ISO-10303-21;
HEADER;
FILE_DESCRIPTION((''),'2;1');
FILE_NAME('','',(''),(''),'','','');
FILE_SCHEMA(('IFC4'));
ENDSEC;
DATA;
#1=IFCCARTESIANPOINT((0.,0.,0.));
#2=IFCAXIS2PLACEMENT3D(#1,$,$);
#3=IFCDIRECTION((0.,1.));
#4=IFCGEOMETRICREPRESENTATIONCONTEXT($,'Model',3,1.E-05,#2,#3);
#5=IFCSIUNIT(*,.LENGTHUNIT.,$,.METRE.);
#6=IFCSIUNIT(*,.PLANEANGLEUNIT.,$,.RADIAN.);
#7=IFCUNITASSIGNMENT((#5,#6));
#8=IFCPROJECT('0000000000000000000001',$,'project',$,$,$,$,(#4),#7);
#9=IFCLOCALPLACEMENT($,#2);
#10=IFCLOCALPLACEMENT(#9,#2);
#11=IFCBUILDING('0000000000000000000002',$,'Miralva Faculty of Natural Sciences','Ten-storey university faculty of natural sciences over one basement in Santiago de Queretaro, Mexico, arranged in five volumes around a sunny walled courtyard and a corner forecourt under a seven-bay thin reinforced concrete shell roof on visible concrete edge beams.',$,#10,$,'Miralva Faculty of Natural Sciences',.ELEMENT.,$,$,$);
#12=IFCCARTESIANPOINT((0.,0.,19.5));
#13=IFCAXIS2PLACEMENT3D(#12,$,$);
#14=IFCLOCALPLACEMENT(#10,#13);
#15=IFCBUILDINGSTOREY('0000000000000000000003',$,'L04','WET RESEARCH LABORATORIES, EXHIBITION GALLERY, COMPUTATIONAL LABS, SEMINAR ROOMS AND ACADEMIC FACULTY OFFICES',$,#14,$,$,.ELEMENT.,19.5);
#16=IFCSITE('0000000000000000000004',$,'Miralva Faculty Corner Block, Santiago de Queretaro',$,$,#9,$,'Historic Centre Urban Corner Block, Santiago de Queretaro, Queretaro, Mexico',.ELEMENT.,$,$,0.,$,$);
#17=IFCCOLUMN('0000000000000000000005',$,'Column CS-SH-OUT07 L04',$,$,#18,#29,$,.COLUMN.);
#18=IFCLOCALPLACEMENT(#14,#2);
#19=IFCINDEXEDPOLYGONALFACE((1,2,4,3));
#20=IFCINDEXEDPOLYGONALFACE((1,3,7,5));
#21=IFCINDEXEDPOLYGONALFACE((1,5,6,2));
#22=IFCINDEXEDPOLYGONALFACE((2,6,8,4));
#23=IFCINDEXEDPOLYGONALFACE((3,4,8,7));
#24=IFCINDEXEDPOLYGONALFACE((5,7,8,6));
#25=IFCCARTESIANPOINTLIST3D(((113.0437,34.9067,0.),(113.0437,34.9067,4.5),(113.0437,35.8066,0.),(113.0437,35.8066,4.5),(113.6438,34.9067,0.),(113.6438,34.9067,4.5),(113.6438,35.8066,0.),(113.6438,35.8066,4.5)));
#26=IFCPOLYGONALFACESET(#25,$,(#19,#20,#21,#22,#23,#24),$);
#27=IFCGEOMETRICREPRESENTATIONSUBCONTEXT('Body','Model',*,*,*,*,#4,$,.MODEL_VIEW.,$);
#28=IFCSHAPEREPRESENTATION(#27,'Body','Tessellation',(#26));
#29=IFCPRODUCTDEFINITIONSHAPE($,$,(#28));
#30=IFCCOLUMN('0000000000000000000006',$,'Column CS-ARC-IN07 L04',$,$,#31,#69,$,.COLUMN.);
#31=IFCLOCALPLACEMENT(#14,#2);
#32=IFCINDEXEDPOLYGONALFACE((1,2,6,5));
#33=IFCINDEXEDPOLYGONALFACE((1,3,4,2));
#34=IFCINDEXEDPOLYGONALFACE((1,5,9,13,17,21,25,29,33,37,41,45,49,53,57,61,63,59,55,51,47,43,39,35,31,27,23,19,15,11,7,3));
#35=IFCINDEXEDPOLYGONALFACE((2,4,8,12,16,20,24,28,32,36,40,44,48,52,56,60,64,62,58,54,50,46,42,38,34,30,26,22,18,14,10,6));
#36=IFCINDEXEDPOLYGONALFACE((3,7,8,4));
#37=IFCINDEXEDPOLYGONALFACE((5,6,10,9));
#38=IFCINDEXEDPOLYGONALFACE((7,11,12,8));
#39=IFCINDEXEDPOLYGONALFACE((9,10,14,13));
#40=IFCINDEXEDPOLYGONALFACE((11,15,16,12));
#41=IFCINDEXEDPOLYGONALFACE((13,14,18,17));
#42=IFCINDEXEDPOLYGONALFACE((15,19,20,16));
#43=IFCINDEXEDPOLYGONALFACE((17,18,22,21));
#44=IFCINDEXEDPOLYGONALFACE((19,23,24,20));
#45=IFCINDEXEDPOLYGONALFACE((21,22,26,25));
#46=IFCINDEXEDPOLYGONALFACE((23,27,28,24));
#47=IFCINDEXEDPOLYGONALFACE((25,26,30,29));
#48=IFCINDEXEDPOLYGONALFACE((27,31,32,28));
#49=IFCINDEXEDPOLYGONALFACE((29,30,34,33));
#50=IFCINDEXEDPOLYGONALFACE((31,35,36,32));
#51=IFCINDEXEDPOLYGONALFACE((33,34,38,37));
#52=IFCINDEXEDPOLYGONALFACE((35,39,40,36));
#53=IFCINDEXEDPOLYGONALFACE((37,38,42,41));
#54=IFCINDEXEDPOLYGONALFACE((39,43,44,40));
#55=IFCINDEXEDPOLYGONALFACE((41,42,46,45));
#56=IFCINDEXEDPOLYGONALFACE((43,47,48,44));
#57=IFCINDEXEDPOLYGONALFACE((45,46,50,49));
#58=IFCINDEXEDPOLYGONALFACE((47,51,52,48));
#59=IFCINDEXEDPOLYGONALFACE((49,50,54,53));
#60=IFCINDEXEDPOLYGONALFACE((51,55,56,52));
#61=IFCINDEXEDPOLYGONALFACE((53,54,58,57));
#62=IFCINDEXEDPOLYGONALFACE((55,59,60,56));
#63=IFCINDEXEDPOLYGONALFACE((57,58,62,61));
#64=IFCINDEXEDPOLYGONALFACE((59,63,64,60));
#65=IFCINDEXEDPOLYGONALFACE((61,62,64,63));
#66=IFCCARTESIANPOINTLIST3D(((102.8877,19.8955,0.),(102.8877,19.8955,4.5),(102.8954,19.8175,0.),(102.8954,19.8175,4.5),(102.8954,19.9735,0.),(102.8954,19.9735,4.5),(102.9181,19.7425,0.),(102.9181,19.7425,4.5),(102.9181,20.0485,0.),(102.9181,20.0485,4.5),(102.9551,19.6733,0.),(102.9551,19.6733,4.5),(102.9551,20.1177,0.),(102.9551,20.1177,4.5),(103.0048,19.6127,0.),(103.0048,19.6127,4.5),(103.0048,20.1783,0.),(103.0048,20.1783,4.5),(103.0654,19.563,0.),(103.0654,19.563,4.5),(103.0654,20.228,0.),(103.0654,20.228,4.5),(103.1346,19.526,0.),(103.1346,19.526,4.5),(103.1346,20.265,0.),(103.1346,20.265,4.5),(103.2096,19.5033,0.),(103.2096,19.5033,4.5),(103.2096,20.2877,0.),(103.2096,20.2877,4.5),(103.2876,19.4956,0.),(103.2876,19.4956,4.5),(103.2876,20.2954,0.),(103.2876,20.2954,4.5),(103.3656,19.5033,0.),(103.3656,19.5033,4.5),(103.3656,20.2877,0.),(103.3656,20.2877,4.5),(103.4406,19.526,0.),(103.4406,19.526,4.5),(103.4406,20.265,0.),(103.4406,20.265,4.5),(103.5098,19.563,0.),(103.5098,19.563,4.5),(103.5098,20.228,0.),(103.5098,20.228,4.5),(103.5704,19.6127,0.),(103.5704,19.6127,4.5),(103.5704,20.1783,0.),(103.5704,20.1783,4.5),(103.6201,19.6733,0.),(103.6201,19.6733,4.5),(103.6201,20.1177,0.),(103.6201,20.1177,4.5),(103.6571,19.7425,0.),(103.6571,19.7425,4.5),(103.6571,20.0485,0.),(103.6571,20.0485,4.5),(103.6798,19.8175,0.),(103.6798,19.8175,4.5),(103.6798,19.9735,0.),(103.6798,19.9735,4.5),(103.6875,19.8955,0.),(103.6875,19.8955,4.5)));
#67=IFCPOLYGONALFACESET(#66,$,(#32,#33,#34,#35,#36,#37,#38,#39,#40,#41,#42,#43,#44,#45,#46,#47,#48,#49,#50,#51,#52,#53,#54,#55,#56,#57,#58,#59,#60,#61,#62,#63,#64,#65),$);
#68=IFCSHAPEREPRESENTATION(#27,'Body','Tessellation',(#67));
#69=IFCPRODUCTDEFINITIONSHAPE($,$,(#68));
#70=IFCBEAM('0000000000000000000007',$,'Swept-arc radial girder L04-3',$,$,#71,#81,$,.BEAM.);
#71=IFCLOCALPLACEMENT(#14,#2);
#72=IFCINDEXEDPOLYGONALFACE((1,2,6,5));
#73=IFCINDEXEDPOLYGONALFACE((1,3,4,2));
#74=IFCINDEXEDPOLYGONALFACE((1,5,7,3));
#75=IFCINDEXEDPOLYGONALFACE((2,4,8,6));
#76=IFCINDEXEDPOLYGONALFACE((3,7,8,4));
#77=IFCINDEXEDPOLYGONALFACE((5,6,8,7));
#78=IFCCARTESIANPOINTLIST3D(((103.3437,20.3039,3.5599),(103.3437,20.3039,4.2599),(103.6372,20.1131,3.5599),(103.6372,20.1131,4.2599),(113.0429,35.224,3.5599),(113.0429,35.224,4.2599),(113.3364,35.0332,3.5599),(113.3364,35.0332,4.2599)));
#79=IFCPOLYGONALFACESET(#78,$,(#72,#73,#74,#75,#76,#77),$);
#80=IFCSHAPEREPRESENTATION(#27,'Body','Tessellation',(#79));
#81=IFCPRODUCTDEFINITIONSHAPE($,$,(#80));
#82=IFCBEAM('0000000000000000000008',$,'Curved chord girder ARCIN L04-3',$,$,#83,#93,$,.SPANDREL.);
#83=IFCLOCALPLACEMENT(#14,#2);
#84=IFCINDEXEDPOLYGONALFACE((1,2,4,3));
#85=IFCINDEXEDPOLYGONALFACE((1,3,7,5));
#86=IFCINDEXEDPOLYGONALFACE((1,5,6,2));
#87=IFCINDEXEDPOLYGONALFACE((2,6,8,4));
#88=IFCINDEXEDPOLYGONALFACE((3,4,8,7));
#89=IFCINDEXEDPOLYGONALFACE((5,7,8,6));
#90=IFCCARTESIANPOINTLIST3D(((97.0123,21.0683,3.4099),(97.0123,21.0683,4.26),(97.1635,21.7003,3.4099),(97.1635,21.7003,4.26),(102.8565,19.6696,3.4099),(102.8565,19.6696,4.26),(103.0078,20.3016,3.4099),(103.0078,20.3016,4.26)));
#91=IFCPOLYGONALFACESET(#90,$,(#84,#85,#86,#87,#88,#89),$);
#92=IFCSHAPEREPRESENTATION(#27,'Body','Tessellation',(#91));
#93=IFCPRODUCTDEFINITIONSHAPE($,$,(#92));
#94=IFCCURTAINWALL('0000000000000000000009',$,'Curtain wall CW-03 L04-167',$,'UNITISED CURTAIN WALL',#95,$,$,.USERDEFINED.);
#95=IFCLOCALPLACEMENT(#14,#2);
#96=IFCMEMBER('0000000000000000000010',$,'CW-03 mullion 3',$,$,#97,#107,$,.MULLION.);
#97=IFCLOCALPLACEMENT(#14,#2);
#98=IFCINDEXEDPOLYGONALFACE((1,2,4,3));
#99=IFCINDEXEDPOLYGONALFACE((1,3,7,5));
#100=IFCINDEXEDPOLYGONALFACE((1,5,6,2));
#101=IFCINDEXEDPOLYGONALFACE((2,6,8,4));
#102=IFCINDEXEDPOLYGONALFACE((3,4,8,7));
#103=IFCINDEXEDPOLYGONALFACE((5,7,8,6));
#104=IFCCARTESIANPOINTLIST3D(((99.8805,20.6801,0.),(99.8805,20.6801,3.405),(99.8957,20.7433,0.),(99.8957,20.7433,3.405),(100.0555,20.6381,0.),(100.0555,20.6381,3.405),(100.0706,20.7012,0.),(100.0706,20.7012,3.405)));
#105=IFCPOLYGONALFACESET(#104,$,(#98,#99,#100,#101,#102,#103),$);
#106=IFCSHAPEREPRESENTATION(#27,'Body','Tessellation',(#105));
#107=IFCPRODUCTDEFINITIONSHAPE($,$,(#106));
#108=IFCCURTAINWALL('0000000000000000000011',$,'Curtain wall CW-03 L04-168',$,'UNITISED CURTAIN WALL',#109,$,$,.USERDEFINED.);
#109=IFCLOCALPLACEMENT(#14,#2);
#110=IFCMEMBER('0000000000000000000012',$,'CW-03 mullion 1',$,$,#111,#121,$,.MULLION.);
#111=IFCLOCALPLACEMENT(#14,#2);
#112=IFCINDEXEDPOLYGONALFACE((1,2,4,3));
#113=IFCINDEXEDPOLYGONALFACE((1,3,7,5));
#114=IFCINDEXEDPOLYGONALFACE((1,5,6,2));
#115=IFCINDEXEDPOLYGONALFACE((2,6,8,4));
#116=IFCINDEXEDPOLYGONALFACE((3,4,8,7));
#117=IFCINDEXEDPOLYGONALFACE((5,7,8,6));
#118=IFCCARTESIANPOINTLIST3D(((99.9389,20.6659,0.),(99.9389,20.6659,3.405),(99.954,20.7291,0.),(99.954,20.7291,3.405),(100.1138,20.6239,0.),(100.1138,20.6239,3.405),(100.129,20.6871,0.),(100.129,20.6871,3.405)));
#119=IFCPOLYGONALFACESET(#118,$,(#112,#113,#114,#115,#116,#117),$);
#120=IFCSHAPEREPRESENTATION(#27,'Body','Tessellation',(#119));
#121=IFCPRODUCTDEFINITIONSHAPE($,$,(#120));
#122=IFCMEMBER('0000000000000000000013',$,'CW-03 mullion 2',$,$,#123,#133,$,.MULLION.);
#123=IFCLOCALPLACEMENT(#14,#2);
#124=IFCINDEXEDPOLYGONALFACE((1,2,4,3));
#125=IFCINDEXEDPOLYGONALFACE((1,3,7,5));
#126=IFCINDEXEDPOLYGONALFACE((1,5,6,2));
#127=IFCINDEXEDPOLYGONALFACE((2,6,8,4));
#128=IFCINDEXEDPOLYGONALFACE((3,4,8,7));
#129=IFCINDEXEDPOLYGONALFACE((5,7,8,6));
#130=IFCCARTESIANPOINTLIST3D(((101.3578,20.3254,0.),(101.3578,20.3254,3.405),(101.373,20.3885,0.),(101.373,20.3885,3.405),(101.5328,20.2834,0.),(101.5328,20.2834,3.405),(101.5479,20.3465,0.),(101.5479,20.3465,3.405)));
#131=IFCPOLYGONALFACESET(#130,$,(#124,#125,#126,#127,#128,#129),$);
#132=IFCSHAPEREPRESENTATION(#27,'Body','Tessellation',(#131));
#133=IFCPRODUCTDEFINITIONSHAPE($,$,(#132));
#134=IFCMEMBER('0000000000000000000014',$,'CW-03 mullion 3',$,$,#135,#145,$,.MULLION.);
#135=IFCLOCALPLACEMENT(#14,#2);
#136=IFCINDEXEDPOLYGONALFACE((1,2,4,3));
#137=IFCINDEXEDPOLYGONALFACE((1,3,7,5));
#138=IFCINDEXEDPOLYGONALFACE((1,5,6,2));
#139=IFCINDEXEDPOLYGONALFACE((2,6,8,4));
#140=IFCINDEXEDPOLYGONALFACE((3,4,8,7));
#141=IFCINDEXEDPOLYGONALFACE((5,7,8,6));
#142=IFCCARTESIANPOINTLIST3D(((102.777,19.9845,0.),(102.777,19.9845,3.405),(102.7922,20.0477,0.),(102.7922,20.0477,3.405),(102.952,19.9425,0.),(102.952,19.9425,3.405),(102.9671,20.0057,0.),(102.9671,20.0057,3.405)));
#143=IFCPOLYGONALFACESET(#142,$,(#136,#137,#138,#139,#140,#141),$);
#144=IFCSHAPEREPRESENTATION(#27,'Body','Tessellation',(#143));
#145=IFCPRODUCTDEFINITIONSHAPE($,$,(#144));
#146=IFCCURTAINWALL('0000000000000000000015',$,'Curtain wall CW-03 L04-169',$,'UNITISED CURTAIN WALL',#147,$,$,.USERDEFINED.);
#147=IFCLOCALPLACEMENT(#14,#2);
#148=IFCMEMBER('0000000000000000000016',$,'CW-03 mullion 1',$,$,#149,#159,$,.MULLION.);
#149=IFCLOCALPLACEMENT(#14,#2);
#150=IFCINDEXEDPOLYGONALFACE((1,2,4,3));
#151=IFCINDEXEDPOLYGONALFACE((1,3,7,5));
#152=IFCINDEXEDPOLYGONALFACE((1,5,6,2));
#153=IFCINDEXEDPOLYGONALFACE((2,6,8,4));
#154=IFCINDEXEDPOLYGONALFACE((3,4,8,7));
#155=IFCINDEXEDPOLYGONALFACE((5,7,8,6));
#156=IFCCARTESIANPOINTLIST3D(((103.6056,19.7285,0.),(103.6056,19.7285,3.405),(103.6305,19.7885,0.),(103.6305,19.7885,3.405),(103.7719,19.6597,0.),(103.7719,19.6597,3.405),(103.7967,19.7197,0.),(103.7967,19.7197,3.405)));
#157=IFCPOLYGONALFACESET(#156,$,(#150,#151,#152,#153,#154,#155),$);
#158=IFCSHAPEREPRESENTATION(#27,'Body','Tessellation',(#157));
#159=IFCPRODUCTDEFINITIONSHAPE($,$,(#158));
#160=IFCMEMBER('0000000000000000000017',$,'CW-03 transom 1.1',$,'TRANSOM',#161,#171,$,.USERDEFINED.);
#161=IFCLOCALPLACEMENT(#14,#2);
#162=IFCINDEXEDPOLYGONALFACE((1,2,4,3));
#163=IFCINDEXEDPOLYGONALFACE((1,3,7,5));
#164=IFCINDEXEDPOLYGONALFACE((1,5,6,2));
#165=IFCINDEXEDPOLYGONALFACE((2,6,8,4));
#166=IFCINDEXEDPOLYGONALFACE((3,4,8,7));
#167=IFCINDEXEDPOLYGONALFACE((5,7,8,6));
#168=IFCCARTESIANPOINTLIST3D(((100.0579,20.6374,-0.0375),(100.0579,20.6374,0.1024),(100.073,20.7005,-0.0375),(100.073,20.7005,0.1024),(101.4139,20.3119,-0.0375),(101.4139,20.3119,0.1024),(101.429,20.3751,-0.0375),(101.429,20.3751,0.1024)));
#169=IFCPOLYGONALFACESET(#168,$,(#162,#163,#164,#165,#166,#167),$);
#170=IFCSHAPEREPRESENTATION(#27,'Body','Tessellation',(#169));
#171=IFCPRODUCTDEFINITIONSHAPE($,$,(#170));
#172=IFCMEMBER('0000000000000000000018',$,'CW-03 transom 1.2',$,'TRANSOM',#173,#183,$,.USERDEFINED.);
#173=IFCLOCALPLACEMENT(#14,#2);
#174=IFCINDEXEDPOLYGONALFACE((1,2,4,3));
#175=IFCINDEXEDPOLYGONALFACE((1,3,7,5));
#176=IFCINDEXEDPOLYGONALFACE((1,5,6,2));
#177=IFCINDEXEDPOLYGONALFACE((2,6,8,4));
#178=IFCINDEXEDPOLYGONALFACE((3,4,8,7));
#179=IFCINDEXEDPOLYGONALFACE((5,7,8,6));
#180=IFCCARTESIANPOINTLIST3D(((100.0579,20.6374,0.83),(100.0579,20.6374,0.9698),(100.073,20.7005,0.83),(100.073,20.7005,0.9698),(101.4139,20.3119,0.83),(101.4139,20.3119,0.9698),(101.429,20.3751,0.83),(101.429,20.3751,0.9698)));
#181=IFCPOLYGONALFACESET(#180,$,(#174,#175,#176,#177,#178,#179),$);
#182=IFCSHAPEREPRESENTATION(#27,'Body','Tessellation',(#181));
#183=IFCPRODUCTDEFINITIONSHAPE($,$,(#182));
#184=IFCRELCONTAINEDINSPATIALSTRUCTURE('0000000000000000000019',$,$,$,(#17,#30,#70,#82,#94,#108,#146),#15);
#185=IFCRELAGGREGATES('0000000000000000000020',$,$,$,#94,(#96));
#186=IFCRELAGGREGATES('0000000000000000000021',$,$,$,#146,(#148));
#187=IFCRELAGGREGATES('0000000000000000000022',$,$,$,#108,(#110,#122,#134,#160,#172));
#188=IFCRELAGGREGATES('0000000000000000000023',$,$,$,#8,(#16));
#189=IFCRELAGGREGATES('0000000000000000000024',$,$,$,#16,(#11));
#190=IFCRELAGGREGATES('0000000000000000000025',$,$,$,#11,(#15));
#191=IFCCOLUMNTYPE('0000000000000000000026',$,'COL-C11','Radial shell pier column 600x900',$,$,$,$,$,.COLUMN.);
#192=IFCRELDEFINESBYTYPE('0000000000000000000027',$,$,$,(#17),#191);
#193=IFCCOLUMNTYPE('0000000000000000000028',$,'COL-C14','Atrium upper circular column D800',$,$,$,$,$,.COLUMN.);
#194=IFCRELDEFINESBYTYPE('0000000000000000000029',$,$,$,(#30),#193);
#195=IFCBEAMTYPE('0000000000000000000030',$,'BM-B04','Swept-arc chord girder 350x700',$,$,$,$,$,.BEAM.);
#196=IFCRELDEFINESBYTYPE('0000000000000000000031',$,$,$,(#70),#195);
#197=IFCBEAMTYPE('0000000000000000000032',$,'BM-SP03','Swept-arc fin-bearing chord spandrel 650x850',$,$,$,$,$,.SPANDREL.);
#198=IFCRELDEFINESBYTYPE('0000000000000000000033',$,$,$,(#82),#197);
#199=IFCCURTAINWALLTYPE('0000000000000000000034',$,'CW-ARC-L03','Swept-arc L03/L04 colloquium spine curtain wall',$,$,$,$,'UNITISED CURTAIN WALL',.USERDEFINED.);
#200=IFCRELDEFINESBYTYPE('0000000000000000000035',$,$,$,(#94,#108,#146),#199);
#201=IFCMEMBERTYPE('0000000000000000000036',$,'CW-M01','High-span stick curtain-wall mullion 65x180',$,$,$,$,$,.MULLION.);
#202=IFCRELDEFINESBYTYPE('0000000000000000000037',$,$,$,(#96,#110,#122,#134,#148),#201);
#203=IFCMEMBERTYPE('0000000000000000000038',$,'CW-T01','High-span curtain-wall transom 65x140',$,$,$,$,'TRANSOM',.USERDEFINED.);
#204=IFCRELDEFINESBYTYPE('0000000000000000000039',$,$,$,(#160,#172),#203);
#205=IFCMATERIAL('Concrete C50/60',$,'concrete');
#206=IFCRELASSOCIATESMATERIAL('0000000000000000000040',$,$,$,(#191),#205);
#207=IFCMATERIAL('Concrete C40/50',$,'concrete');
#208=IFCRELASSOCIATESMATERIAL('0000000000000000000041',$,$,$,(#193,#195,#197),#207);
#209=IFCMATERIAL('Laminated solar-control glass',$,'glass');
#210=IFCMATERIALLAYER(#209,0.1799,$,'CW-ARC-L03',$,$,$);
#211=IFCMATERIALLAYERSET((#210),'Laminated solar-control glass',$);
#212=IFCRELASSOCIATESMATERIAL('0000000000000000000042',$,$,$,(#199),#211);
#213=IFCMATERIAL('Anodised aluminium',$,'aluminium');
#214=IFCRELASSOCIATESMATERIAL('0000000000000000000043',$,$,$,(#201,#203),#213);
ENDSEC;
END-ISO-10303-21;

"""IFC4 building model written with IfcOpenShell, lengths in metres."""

from ifc_helpers import new_model, si_unit, direction, frame, origin, origin_2d, place, context, subcontext, project, spatial, rectangle, circle, extrude, material, layer, layer_set, material_profile, profile_set, type_object, element, aggregate, save


model = new_model("IFC4")

# Units and contexts
model_context = context("Model", 3, precision=1e-05, world=origin(), true_north=direction((0.0, 1.0)))
body_context = subcontext(model_context, "Body", "Model", "MODEL_VIEW")
ifc_project = project(units=[si_unit("LENGTHUNIT", "METRE"), si_unit("PLANEANGLEUNIT", "RADIAN")], contexts=[model_context])

# Site, building, storey
site_placement = place(None, origin())
site = spatial("IfcSite", under=ifc_project, at=site_placement, Name="Miralva Faculty Corner Block, Santiago de Queretaro", LongName="Historic Centre Urban Corner Block, Santiago de Queretaro, Queretaro, Mexico", CompositionType="ELEMENT", RefElevation=0.0)
building_placement = place(site_placement, origin())
building = spatial("IfcBuilding", under=site, at=building_placement, Name="Miralva Faculty of Natural Sciences", Description="Ten-storey university faculty of natural sciences over one basement in Santiago de Queretaro, Mexico, arranged in five volumes around a sunny walled courtyard and a corner forecourt under a seven-bay thin reinforced concrete shell roof on visible concrete edge beams.", LongName="Miralva Faculty of Natural Sciences", CompositionType="ELEMENT")
storey_placement = place(building_placement, frame((0.0, 0.0, 19.5)))
storey = spatial("IfcBuildingStorey", under=building, at=storey_placement, Name="L04", Description="WET RESEARCH LABORATORIES, EXHIBITION GALLERY, COMPUTATIONAL LABS, SEMINAR ROOMS AND ACADEMIC FACULTY OFFICES", CompositionType="ELEMENT", Elevation=19.5)

# Columns
ifc_material_1 = material(Name="Concrete C50/60", Category="concrete")
ifc_material_profile_1 = material_profile(ifc_material_1, rectangle(XDim=0.6001, YDim=0.8999, at=origin_2d()), Name="RC 600x900")
ifc_profile_set_1 = profile_set([ifc_material_profile_1], Name="Concrete C50/60")
column_type_1 = type_object("IfcColumnType", Name="COL-C11", Description="Radial shell pier column 600x900", PredefinedType="COLUMN", material=ifc_profile_set_1)
column_1_placement = place(storey_placement, frame((113.3438, 35.3567, 0.0), z_axis=(0.0, 0.0, 1.0), x_axis=(1.0, 0.0, 0.0)))
element("IfcColumn", 1, at=column_1_placement, inside=storey, type_object=column_type_1, Name="Column CS-SH-OUT07 L04", PredefinedType="COLUMN", context=body_context, shape_type="SweptSolid", body=[
    extrude(rectangle(XDim=0.6001, YDim=0.8999, at=origin_2d()), origin(), (0.0, 0.0, 1.0), 4.5),
])
ifc_material_2 = material(Name="Concrete C40/50", Category="concrete")
ifc_material_profile_2 = material_profile(ifc_material_2, circle(Radius=0.3999, at=origin_2d()), Name="RC DIA 800")
ifc_profile_set_2 = profile_set([ifc_material_profile_2], Name="Concrete C40/50")
column_type_2 = type_object("IfcColumnType", Name="COL-C14", Description="Atrium upper circular column D800", PredefinedType="COLUMN", material=ifc_profile_set_2)
column_2_placement = place(storey_placement, frame((103.2876, 19.8955, 0.0), z_axis=(0.0, 0.0, 1.0), x_axis=(1.0, 0.0, 0.0)))
element("IfcColumn", 2, at=column_2_placement, inside=storey, type_object=column_type_2, Name="Column CS-ARC-IN07 L04", PredefinedType="COLUMN", context=body_context, shape_type="SweptSolid", body=[
    extrude(circle(Radius=0.3999, at=origin_2d()), origin(), (0.0, 0.0, 1.0), 4.5),
])

# Beams
ifc_material_profile_3 = material_profile(ifc_material_2, rectangle(XDim=0.3501, YDim=0.7, at=origin_2d()), Name="RC 350x700")
ifc_profile_set_3 = profile_set([ifc_material_profile_3], Name="Concrete C40/50")
beam_type_1 = type_object("IfcBeamType", Name="BM-B04", Description="Swept-arc chord girder 350x700", PredefinedType="BEAM", material=ifc_profile_set_3)
beam_1_placement = place(storey_placement, frame((103.4905, 20.2085, 3.9099), z_axis=(0.545032, 0.838415, 0.0), x_axis=(-0.838415, 0.545032, 0.0)))
element("IfcBeam", 3, at=beam_1_placement, inside=storey, type_object=beam_type_1, Name="Swept-arc radial girder L04-3", PredefinedType="BEAM", context=body_context, shape_type="SweptSolid", body=[
    extrude(rectangle(XDim=0.3501, YDim=0.7, at=origin_2d()), origin(), (0.0, 0.0, 1.0), 17.7957),
])
ifc_material_profile_4 = material_profile(ifc_material_2, rectangle(XDim=0.6499, YDim=0.8501, at=origin_2d()), Name="RC 650x850")
ifc_profile_set_4 = profile_set([ifc_material_profile_4], Name="Concrete C40/50")
beam_type_2 = type_object("IfcBeamType", Name="BM-SP03", Description="Swept-arc fin-bearing chord spandrel 650x850", PredefinedType="SPANDREL", material=ifc_profile_set_4)
beam_2_placement = place(storey_placement, frame((102.9321, 19.9856, 3.835), z_axis=(-0.972536, 0.232754, 0.0), x_axis=(-0.232754, -0.972536, 0.0)))
element("IfcBeam", 4, at=beam_2_placement, inside=storey, type_object=beam_type_2, Name="Curved chord girder ARCIN L04-3", PredefinedType="SPANDREL", context=body_context, shape_type="SweptSolid", body=[
    extrude(rectangle(XDim=0.6499, YDim=0.8501, at=origin_2d()), origin(), (0.0, 0.0, 1.0), 6.0093),
])

# Curtain wall, member
ifc_material_3 = material(Name="Laminated solar-control glass", Category="glass")
ifc_layer_1 = layer(ifc_material_3, 0.1799, Name="CW-ARC-L03")
ifc_layer_set_1 = layer_set([ifc_layer_1], Name="Laminated solar-control glass")
curtain_wall_type = type_object("IfcCurtainWallType", Name="CW-ARC-L03", Description="Swept-arc L03/L04 colloquium spine curtain wall", ElementType="UNITISED CURTAIN WALL", PredefinedType="USERDEFINED", material=ifc_layer_set_1)
curtain_wall_1_placement = place(storey_placement, origin())
curtain_wall_1 = element("IfcCurtainWall", 5, at=curtain_wall_1_placement, inside=storey, type_object=curtain_wall_type, Name="Curtain wall CW-03 L04-167", ObjectType="UNITISED CURTAIN WALL", PredefinedType="USERDEFINED")
ifc_material_4 = material(Name="Anodised aluminium", Category="aluminium")
ifc_material_profile_5 = material_profile(ifc_material_4, rectangle(XDim=0.0649, YDim=0.1799, at=origin_2d()), Name="MULLION 65x180")
ifc_profile_set_5 = profile_set([ifc_material_profile_5], Name="Anodised aluminium")
member_type_1 = type_object("IfcMemberType", Name="CW-M01", Description="High-span stick curtain-wall mullion 65x180", PredefinedType="MULLION", material=ifc_profile_set_5)
member_1_placement = place(storey_placement, frame((99.9756, 20.6907, 0.0), z_axis=(0.0, 0.0, 1.0), x_axis=(0.233457, 0.972367, 0.0)))
member_1 = element("IfcMember", 6, at=member_1_placement, type_object=member_type_1, Name="CW-03 mullion 3", PredefinedType="MULLION", context=body_context, shape_type="SweptSolid", body=[
    extrude(rectangle(XDim=0.0649, YDim=0.1799, at=origin_2d()), origin(), (0.0, 0.0, 1.0), 3.405),
])
aggregate(curtain_wall_1, [member_1])

# Curtain wall, members
curtain_wall_2_placement = place(storey_placement, origin())
curtain_wall_2 = element("IfcCurtainWall", 7, at=curtain_wall_2_placement, inside=storey, type_object=curtain_wall_type, Name="Curtain wall CW-03 L04-168", ObjectType="UNITISED CURTAIN WALL", PredefinedType="USERDEFINED")
member_2_placement = place(storey_placement, frame((100.0339, 20.6765, 0.0), z_axis=(0.0, 0.0, 1.0), x_axis=(0.233464, 0.972365, 0.0)))
member_2 = element("IfcMember", 8, at=member_2_placement, type_object=member_type_1, Name="CW-03 mullion 1", PredefinedType="MULLION", context=body_context, shape_type="SweptSolid", body=[
    extrude(rectangle(XDim=0.0649, YDim=0.1799, at=origin_2d()), origin(), (0.0, 0.0, 1.0), 3.405),
])
member_3_placement = place(storey_placement, frame((101.4529, 20.3359, 0.0), z_axis=(0.0, 0.0, 1.0), x_axis=(0.233464, 0.972365, 0.0)))
member_3 = element("IfcMember", 9, at=member_3_placement, type_object=member_type_1, Name="CW-03 mullion 2", PredefinedType="MULLION", context=body_context, shape_type="SweptSolid", body=[
    extrude(rectangle(XDim=0.0649, YDim=0.1799, at=origin_2d()), origin(), (0.0, 0.0, 1.0), 3.405),
])
member_4_placement = place(storey_placement, frame((102.8721, 19.9951, 0.0), z_axis=(0.0, 0.0, 1.0), x_axis=(0.233464, 0.972365, 0.0)))
member_4 = element("IfcMember", 10, at=member_4_placement, type_object=member_type_1, Name="CW-03 mullion 3", PredefinedType="MULLION", context=body_context, shape_type="SweptSolid", body=[
    extrude(rectangle(XDim=0.0649, YDim=0.1799, at=origin_2d()), origin(), (0.0, 0.0, 1.0), 3.405),
])

# Curtain wall, member
curtain_wall_3_placement = place(storey_placement, origin())
curtain_wall_3 = element("IfcCurtainWall", 11, at=curtain_wall_3_placement, inside=storey, type_object=curtain_wall_type, Name="Curtain wall CW-03 L04-169", ObjectType="UNITISED CURTAIN WALL", PredefinedType="USERDEFINED")
member_5_placement = place(storey_placement, frame((103.7012, 19.7241, 0.0), z_axis=(0.0, 0.0, 1.0), x_axis=(0.382656, 0.923891, 0.0)))
member_5 = element("IfcMember", 12, at=member_5_placement, type_object=member_type_1, Name="CW-03 mullion 1", PredefinedType="MULLION", context=body_context, shape_type="SweptSolid", body=[
    extrude(rectangle(XDim=0.0649, YDim=0.1799, at=origin_2d()), origin(), (0.0, 0.0, 1.0), 3.405),
])

# Members
ifc_material_profile_6 = material_profile(ifc_material_4, rectangle(XDim=0.0649, YDim=0.1399, at=origin_2d()), Name="TRANSOM 65x140")
ifc_profile_set_6 = profile_set([ifc_material_profile_6], Name="Anodised aluminium")
member_type_2 = type_object("IfcMemberType", Name="CW-T01", Description="High-span curtain-wall transom 65x140", ElementType="TRANSOM", PredefinedType="USERDEFINED", material=ifc_profile_set_6)
member_6_placement = place(storey_placement, frame((100.0654, 20.6689, 0.0325), z_axis=(0.972386, -0.23338, 0.0), x_axis=(0.23338, 0.972386, 0.0)))
member_6 = element("IfcMember", 13, at=member_6_placement, type_object=member_type_2, Name="CW-03 transom 1.1", ObjectType="TRANSOM", PredefinedType="USERDEFINED", context=body_context, shape_type="SweptSolid", body=[
    extrude(rectangle(XDim=0.0649, YDim=0.1399, at=origin_2d()), origin(), (0.0, 0.0, 1.0), 1.3945),
])
member_7_placement = place(storey_placement, frame((100.0654, 20.6689, 0.8999), z_axis=(0.972386, -0.23338, 0.0), x_axis=(0.23338, 0.972386, 0.0)))
member_7 = element("IfcMember", 14, at=member_7_placement, type_object=member_type_2, Name="CW-03 transom 1.2", ObjectType="TRANSOM", PredefinedType="USERDEFINED", context=body_context, shape_type="SweptSolid", body=[
    extrude(rectangle(XDim=0.0649, YDim=0.1399, at=origin_2d()), origin(), (0.0, 0.0, 1.0), 1.3945),
])
aggregate(curtain_wall_3, [member_5])

aggregate(curtain_wall_2, [member_2, member_3, member_4, member_6, member_7])

save(model, "model.ifc")
